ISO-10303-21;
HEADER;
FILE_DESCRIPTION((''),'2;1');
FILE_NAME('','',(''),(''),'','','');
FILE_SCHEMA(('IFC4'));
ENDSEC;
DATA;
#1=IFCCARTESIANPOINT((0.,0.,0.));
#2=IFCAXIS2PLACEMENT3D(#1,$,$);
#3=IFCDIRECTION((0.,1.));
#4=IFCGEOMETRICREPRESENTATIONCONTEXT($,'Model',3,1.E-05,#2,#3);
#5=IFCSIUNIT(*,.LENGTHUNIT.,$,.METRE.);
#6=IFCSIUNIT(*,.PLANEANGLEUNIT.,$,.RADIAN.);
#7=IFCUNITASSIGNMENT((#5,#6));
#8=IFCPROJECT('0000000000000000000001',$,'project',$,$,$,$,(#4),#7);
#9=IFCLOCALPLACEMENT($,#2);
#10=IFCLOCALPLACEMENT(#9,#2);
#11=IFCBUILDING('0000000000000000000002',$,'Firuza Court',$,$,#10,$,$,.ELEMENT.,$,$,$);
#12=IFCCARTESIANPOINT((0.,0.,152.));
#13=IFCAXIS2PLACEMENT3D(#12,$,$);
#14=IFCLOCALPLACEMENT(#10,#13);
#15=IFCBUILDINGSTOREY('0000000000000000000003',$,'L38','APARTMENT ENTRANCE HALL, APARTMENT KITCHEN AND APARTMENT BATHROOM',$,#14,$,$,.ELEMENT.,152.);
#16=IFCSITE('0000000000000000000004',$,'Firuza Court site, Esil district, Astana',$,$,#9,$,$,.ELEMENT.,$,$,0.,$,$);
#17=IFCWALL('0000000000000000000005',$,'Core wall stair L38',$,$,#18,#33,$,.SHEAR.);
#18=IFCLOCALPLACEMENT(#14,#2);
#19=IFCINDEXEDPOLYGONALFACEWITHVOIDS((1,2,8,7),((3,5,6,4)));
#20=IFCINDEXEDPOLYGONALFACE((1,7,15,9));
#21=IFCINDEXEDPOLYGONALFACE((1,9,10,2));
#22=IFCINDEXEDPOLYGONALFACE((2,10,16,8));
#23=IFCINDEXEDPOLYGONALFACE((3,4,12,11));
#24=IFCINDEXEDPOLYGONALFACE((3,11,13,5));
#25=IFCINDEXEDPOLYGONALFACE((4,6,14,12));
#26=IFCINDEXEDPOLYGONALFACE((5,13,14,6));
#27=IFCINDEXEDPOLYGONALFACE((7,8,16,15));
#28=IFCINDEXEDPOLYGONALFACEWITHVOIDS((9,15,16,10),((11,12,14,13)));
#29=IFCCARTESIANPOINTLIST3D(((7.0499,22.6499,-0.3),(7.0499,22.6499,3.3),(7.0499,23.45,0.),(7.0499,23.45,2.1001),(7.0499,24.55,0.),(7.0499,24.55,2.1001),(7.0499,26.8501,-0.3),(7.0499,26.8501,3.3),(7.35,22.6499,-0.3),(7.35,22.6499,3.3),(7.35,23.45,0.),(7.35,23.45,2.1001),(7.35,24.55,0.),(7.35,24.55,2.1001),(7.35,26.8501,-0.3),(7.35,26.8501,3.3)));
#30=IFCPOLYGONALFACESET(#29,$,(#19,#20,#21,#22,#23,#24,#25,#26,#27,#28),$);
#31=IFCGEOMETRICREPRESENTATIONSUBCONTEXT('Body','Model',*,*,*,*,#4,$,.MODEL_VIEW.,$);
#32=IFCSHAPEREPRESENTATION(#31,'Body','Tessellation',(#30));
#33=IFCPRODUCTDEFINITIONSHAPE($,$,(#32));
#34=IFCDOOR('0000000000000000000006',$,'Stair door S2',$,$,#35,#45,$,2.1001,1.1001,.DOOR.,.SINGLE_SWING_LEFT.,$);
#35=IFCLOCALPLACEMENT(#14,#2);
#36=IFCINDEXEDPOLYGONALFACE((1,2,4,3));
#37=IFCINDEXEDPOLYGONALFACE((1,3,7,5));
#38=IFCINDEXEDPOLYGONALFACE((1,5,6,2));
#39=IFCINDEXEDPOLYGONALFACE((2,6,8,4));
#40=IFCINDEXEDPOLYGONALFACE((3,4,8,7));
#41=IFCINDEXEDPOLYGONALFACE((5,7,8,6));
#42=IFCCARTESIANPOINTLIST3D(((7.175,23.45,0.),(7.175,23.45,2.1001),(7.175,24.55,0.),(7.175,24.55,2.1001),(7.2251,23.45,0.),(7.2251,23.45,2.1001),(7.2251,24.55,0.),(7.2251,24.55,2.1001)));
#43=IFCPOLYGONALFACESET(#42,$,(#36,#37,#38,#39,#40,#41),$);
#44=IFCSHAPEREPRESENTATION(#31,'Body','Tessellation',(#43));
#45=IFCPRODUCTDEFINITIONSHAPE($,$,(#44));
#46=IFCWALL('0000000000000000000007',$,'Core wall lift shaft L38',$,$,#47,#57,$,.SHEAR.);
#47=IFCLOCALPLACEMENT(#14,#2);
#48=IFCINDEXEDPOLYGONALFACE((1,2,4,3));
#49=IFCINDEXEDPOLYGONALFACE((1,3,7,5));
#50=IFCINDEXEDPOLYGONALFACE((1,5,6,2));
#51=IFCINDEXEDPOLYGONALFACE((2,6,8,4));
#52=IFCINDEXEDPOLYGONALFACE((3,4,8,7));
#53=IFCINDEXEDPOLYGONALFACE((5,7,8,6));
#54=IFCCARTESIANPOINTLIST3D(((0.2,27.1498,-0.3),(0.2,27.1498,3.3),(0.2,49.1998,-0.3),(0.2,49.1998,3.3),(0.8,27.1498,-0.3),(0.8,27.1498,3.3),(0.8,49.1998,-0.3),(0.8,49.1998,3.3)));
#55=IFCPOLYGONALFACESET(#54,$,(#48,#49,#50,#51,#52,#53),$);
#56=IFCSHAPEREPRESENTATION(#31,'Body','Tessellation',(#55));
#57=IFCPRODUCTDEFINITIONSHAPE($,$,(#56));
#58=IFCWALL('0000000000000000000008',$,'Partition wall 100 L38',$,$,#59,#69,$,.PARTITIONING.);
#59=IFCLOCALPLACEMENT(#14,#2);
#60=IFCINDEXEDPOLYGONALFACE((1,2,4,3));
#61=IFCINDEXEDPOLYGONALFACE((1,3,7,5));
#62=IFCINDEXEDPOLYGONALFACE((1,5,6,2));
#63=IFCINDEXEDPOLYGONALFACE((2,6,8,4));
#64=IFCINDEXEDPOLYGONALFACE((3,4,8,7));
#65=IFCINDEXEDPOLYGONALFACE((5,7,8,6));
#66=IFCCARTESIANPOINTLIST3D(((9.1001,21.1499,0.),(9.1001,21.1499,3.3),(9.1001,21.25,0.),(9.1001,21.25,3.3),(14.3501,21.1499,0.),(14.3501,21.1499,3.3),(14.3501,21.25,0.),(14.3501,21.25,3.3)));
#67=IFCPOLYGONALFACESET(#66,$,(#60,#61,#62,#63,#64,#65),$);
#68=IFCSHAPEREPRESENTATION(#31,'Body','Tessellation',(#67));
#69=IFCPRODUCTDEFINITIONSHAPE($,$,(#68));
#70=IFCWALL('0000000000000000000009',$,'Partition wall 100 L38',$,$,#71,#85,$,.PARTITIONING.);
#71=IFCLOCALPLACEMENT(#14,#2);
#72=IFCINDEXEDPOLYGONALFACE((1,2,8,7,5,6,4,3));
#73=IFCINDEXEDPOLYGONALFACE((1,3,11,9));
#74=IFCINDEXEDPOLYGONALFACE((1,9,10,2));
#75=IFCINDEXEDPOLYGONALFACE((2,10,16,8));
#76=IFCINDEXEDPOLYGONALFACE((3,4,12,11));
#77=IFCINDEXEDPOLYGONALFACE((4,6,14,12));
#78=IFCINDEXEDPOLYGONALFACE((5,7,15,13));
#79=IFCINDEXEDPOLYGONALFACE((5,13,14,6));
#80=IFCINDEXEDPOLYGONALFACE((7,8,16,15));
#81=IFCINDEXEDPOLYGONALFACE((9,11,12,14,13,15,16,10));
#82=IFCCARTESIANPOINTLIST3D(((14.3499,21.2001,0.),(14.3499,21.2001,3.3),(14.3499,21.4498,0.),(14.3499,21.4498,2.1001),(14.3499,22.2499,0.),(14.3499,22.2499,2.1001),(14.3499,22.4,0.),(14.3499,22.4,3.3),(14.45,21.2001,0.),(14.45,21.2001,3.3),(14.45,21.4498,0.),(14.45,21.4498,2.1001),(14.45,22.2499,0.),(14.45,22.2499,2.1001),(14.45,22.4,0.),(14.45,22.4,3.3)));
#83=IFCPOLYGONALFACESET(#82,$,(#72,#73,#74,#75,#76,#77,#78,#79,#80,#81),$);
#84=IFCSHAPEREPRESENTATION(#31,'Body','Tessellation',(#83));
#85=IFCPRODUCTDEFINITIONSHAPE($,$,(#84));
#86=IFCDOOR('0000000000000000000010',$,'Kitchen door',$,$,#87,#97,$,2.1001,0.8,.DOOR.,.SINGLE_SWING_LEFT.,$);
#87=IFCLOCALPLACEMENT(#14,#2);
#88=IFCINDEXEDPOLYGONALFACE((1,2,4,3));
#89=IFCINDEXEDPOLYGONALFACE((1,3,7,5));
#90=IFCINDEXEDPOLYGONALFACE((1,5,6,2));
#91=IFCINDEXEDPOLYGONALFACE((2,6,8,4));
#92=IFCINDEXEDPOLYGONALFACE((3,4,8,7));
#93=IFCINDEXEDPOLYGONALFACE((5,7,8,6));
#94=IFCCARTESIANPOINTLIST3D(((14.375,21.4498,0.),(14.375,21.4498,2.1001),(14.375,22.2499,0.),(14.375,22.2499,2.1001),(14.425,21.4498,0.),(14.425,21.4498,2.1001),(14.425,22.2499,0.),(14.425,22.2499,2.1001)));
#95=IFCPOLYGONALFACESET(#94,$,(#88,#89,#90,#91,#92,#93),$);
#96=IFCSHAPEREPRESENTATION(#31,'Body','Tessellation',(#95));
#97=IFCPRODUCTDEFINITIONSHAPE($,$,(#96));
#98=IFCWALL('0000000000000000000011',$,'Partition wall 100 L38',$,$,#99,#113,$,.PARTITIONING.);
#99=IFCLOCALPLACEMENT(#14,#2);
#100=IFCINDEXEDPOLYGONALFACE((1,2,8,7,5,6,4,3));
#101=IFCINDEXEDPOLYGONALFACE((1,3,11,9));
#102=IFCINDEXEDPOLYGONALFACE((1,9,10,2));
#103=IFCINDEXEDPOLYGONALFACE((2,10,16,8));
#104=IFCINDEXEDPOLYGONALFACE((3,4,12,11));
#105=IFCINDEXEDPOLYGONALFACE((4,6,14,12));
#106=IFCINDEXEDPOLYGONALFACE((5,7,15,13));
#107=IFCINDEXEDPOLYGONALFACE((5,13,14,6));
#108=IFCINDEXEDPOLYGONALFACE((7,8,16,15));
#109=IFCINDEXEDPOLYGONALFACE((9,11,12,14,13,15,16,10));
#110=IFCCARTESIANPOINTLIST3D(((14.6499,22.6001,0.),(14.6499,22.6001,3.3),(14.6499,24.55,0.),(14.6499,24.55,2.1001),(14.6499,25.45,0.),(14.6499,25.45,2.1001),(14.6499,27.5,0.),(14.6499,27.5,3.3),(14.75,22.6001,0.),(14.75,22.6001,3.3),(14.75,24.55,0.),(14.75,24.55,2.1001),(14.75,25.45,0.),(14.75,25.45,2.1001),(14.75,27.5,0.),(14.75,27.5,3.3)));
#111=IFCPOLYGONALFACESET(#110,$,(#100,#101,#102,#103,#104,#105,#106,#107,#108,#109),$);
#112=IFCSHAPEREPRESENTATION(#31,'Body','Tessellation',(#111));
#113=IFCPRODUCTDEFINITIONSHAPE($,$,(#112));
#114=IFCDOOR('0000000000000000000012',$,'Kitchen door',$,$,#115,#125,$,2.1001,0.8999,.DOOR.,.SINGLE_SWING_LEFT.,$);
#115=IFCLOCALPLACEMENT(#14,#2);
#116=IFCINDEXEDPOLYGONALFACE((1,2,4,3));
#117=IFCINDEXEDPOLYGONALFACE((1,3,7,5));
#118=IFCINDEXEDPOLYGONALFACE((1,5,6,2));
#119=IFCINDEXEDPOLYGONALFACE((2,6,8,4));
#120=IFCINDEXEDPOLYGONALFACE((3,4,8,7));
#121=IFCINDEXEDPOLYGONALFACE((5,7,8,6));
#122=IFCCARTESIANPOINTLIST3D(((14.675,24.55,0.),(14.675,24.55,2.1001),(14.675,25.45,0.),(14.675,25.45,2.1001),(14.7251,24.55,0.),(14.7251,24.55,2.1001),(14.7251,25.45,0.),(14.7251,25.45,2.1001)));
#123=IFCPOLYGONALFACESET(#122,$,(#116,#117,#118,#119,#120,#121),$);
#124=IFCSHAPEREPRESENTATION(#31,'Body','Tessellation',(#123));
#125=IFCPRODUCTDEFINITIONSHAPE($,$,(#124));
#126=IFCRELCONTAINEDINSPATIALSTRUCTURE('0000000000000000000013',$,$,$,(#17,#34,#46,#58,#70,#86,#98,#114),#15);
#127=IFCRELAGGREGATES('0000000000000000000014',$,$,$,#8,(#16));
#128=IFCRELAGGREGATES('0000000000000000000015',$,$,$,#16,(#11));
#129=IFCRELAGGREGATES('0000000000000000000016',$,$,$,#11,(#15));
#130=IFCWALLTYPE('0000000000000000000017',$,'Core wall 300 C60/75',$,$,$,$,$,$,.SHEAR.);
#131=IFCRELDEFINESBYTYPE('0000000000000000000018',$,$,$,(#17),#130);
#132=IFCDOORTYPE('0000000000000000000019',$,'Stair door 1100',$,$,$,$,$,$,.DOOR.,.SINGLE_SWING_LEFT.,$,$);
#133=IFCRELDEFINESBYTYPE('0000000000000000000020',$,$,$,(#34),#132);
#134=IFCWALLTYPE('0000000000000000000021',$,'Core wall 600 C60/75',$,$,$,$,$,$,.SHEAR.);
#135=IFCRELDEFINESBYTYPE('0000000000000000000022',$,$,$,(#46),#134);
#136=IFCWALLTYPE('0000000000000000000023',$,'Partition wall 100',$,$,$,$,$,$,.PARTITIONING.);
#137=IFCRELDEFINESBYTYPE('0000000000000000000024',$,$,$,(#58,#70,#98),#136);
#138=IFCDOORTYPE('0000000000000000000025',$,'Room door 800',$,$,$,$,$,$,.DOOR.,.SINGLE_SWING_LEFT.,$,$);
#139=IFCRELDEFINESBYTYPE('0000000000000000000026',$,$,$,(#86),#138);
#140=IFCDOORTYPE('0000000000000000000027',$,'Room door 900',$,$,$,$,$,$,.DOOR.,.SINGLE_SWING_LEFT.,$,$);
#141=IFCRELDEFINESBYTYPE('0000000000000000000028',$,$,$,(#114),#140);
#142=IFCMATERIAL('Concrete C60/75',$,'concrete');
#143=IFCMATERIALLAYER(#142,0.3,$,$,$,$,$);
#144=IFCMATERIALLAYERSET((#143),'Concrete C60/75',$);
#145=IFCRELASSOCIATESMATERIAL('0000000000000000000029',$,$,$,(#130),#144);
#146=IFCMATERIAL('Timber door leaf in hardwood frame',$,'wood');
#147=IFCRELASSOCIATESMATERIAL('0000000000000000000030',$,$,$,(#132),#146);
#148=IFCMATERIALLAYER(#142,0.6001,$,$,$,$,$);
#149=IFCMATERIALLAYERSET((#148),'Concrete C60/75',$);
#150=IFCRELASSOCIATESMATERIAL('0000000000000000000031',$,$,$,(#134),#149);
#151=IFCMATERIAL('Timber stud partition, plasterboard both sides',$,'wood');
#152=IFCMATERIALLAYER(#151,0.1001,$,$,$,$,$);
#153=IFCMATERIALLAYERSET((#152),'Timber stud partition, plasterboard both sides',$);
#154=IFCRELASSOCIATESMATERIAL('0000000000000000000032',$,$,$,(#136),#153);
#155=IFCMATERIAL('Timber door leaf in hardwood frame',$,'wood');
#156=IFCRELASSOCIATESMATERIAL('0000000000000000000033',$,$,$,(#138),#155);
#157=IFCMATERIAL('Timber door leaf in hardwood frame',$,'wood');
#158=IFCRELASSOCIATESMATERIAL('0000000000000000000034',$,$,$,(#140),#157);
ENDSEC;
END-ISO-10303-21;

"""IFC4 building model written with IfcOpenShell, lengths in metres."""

from ifc_helpers import new_model, si_unit, direction, frame, frame_2d, origin, place, context, subcontext, project, spatial, rectangle, extrude, material, layer, layer_set, type_object, element, fill, save


model = new_model("IFC4")

# Units and contexts
model_context = context("Model", 3, precision=1e-05, world=origin(), true_north=direction((0.0, 1.0)))
body_context = subcontext(model_context, "Body", "Model", "MODEL_VIEW")
ifc_project = project(units=[si_unit("LENGTHUNIT", "METRE"), si_unit("PLANEANGLEUNIT", "RADIAN")], contexts=[model_context])

# Site, building, storey
site_placement = place(None, origin())
site = spatial("IfcSite", under=ifc_project, at=site_placement, Name="Firuza Court site, Esil district, Astana", CompositionType="ELEMENT", RefElevation=0.0)
building_placement = place(site_placement, origin())
building = spatial("IfcBuilding", under=site, at=building_placement, Name="Firuza Court", CompositionType="ELEMENT")
storey_placement = place(building_placement, frame((0.0, 0.0, 152.0)))
storey = spatial("IfcBuildingStorey", under=building, at=storey_placement, Name="L38", Description="APARTMENT ENTRANCE HALL, APARTMENT KITCHEN AND APARTMENT BATHROOM", CompositionType="ELEMENT", Elevation=152.0)

# Shared definitions
ifc_material_1 = material(Name="Concrete C60/75", Category="concrete")
ifc_layer_1 = layer(ifc_material_1, 0.3)
ifc_layer_set_1 = layer_set([ifc_layer_1], Name="Concrete C60/75")
wall_type_1 = type_object("IfcWallType", Name="Core wall 300 C60/75", PredefinedType="SHEAR", material=ifc_layer_set_1)

# Shared definitions
ifc_material_2 = material(Name="Timber door leaf in hardwood frame", Category="wood")
door_type_1 = type_object("IfcDoorType", Name="Stair door 1100", OperationType="SINGLE_SWING_LEFT", PredefinedType="DOOR", material=ifc_material_2)

# Wall, opening, door
wall_1_placement = place(storey_placement, frame((7.2, 22.6499, -0.3), z_axis=(0.0, 0.0, 1.0), x_axis=(0.0, 1.0, 0.0)))
wall_1 = element("IfcWall", 1, at=wall_1_placement, inside=storey, type_object=wall_type_1, Name="Core wall stair L38", PredefinedType="SHEAR", context=body_context, shape_type="SweptSolid", body=[
    extrude(rectangle(XDim=4.2002, YDim=0.3, at=frame_2d((2.1001, 0.0))), origin(), (0.0, 0.0, 1.0), 3.6001),
])
opening_1_placement = place(wall_1_placement, frame((0.8, 0.0, 0.3)))
opening_1 = element("IfcOpeningElement", 2, at=opening_1_placement, cuts=wall_1, PredefinedType="OPENING", context=body_context, shape_type="SweptSolid", body=[
    extrude(rectangle(XDim=1.1001, YDim=2.1001, at=frame_2d((0.55, 1.05))), frame((0.0, 0.1621, 0.0), z_axis=(0.0, -1.0, 0.0), x_axis=(1.0, 0.0, 0.0)), (0.0, 0.0, 1.0), 0.324),
])
door_1_placement = place(opening_1_placement, origin())
door_1 = element("IfcDoor", 3, at=door_1_placement, inside=storey, type_object=door_type_1, Name="Stair door S2", OperationType="SINGLE_SWING_LEFT", OverallHeight=2.1001, OverallWidth=1.1001, PredefinedType="DOOR", context=body_context, shape_type="SweptSolid", body=[
    extrude(rectangle(XDim=1.1001, YDim=2.1001, at=frame_2d((0.55, 1.05))), frame((0.0, 0.0249, 0.0), z_axis=(0.0, -1.0, 0.0), x_axis=(1.0, 0.0, 0.0)), (0.0, 0.0, 1.0), 0.05),
])
fill(opening_1, door_1)

# Walls
ifc_layer_2 = layer(ifc_material_1, 0.6001)
ifc_layer_set_2 = layer_set([ifc_layer_2], Name="Concrete C60/75")
wall_type_2 = type_object("IfcWallType", Name="Core wall 600 C60/75", PredefinedType="SHEAR", material=ifc_layer_set_2)
wall_2_placement = place(storey_placement, frame((0.5, 27.1499, -0.3), z_axis=(0.0, 0.0, 1.0), x_axis=(0.0, 1.0, 0.0)))
element("IfcWall", 4, at=wall_2_placement, inside=storey, type_object=wall_type_2, Name="Core wall lift shaft L38", PredefinedType="SHEAR", context=body_context, shape_type="SweptSolid", body=[
    extrude(rectangle(XDim=22.05, YDim=0.6001, at=frame_2d((11.0249, 0.0))), origin(), (0.0, 0.0, 1.0), 3.6001),
])
ifc_material_3 = material(Name="Timber stud partition, plasterboard both sides", Category="wood")
ifc_layer_3 = layer(ifc_material_3, 0.1001)
ifc_layer_set_3 = layer_set([ifc_layer_3], Name="Timber stud partition, plasterboard both sides")
wall_type_3 = type_object("IfcWallType", Name="Partition wall 100", PredefinedType="PARTITIONING", material=ifc_layer_set_3)
wall_3_placement = place(storey_placement, frame((9.1001, 21.2, 0.0), z_axis=(0.0, 0.0, 1.0), x_axis=(1.0, 0.0, 0.0)))
element("IfcWall", 5, at=wall_3_placement, inside=storey, type_object=wall_type_3, Name="Partition wall 100 L38", PredefinedType="PARTITIONING", context=body_context, shape_type="SweptSolid", body=[
    extrude(rectangle(XDim=5.25, YDim=0.1001, at=frame_2d((2.625, 0.0))), origin(), (0.0, 0.0, 1.0), 3.3),
])

# Walls, openings, doors
wall_4_placement = place(storey_placement, frame((14.3999, 21.2, 0.0), z_axis=(0.0, 0.0, 1.0), x_axis=(0.0, 1.0, 0.0)))
wall_4 = element("IfcWall", 6, at=wall_4_placement, inside=storey, type_object=wall_type_3, Name="Partition wall 100 L38", PredefinedType="PARTITIONING", context=body_context, shape_type="SweptSolid", body=[
    extrude(rectangle(XDim=1.2, YDim=0.1001, at=frame_2d((0.6001, 0.0))), origin(), (0.0, 0.0, 1.0), 3.3),
])
opening_2_placement = place(wall_4_placement, frame((0.25, 0.0, 0.0)))
opening_2 = element("IfcOpeningElement", 7, at=opening_2_placement, cuts=wall_4, PredefinedType="OPENING", context=body_context, shape_type="SweptSolid", body=[
    extrude(rectangle(XDim=0.8, YDim=2.1001, at=frame_2d((0.3999, 1.05))), frame((0.0, 0.062, 0.0), z_axis=(0.0, -1.0, 0.0), x_axis=(1.0, 0.0, 0.0)), (0.0, 0.0, 1.0), 0.124),
])
ifc_material_4 = material(Name="Timber door leaf in hardwood frame", Category="wood")
door_type_2 = type_object("IfcDoorType", Name="Room door 800", OperationType="SINGLE_SWING_LEFT", PredefinedType="DOOR", material=ifc_material_4)
door_2_placement = place(opening_2_placement, origin())
door_2 = element("IfcDoor", 8, at=door_2_placement, inside=storey, type_object=door_type_2, Name="Kitchen door", OperationType="SINGLE_SWING_LEFT", OverallHeight=2.1001, OverallWidth=0.8, PredefinedType="DOOR", context=body_context, shape_type="SweptSolid", body=[
    extrude(rectangle(XDim=0.8, YDim=2.1001, at=frame_2d((0.3999, 1.05))), frame((0.0, 0.0249, 0.0), z_axis=(0.0, -1.0, 0.0), x_axis=(1.0, 0.0, 0.0)), (0.0, 0.0, 1.0), 0.05),
])
fill(opening_2, door_2)
wall_5_placement = place(storey_placement, frame((14.7, 22.6001, 0.0), z_axis=(0.0, 0.0, 1.0), x_axis=(0.0, 1.0, 0.0)))
wall_5 = element("IfcWall", 9, at=wall_5_placement, inside=storey, type_object=wall_type_3, Name="Partition wall 100 L38", PredefinedType="PARTITIONING", context=body_context, shape_type="SweptSolid", body=[
    extrude(rectangle(XDim=4.8999, YDim=0.1001, at=frame_2d((2.45, 0.0))), origin(), (0.0, 0.0, 1.0), 3.3),
])
opening_3_placement = place(wall_5_placement, frame((1.95, 0.0, 0.0)))
opening_3 = element("IfcOpeningElement", 10, at=opening_3_placement, cuts=wall_5, PredefinedType="OPENING", context=body_context, shape_type="SweptSolid", body=[
    extrude(rectangle(XDim=0.8999, YDim=2.1001, at=frame_2d((0.45, 1.05))), frame((0.0, 0.062, 0.0), z_axis=(0.0, -1.0, 0.0), x_axis=(1.0, 0.0, 0.0)), (0.0, 0.0, 1.0), 0.124),
])
ifc_material_5 = material(Name="Timber door leaf in hardwood frame", Category="wood")
door_type_3 = type_object("IfcDoorType", Name="Room door 900", OperationType="SINGLE_SWING_LEFT", PredefinedType="DOOR", material=ifc_material_5)
door_3_placement = place(opening_3_placement, origin())
door_3 = element("IfcDoor", 11, at=door_3_placement, inside=storey, type_object=door_type_3, Name="Kitchen door", OperationType="SINGLE_SWING_LEFT", OverallHeight=2.1001, OverallWidth=0.8999, PredefinedType="DOOR", context=body_context, shape_type="SweptSolid", body=[
    extrude(rectangle(XDim=0.8999, YDim=2.1001, at=frame_2d((0.45, 1.05))), frame((0.0, 0.0249, 0.0), z_axis=(0.0, -1.0, 0.0), x_axis=(1.0, 0.0, 0.0)), (0.0, 0.0, 1.0), 0.05),
])
fill(opening_3, door_3)

save(model, "model.ifc")
